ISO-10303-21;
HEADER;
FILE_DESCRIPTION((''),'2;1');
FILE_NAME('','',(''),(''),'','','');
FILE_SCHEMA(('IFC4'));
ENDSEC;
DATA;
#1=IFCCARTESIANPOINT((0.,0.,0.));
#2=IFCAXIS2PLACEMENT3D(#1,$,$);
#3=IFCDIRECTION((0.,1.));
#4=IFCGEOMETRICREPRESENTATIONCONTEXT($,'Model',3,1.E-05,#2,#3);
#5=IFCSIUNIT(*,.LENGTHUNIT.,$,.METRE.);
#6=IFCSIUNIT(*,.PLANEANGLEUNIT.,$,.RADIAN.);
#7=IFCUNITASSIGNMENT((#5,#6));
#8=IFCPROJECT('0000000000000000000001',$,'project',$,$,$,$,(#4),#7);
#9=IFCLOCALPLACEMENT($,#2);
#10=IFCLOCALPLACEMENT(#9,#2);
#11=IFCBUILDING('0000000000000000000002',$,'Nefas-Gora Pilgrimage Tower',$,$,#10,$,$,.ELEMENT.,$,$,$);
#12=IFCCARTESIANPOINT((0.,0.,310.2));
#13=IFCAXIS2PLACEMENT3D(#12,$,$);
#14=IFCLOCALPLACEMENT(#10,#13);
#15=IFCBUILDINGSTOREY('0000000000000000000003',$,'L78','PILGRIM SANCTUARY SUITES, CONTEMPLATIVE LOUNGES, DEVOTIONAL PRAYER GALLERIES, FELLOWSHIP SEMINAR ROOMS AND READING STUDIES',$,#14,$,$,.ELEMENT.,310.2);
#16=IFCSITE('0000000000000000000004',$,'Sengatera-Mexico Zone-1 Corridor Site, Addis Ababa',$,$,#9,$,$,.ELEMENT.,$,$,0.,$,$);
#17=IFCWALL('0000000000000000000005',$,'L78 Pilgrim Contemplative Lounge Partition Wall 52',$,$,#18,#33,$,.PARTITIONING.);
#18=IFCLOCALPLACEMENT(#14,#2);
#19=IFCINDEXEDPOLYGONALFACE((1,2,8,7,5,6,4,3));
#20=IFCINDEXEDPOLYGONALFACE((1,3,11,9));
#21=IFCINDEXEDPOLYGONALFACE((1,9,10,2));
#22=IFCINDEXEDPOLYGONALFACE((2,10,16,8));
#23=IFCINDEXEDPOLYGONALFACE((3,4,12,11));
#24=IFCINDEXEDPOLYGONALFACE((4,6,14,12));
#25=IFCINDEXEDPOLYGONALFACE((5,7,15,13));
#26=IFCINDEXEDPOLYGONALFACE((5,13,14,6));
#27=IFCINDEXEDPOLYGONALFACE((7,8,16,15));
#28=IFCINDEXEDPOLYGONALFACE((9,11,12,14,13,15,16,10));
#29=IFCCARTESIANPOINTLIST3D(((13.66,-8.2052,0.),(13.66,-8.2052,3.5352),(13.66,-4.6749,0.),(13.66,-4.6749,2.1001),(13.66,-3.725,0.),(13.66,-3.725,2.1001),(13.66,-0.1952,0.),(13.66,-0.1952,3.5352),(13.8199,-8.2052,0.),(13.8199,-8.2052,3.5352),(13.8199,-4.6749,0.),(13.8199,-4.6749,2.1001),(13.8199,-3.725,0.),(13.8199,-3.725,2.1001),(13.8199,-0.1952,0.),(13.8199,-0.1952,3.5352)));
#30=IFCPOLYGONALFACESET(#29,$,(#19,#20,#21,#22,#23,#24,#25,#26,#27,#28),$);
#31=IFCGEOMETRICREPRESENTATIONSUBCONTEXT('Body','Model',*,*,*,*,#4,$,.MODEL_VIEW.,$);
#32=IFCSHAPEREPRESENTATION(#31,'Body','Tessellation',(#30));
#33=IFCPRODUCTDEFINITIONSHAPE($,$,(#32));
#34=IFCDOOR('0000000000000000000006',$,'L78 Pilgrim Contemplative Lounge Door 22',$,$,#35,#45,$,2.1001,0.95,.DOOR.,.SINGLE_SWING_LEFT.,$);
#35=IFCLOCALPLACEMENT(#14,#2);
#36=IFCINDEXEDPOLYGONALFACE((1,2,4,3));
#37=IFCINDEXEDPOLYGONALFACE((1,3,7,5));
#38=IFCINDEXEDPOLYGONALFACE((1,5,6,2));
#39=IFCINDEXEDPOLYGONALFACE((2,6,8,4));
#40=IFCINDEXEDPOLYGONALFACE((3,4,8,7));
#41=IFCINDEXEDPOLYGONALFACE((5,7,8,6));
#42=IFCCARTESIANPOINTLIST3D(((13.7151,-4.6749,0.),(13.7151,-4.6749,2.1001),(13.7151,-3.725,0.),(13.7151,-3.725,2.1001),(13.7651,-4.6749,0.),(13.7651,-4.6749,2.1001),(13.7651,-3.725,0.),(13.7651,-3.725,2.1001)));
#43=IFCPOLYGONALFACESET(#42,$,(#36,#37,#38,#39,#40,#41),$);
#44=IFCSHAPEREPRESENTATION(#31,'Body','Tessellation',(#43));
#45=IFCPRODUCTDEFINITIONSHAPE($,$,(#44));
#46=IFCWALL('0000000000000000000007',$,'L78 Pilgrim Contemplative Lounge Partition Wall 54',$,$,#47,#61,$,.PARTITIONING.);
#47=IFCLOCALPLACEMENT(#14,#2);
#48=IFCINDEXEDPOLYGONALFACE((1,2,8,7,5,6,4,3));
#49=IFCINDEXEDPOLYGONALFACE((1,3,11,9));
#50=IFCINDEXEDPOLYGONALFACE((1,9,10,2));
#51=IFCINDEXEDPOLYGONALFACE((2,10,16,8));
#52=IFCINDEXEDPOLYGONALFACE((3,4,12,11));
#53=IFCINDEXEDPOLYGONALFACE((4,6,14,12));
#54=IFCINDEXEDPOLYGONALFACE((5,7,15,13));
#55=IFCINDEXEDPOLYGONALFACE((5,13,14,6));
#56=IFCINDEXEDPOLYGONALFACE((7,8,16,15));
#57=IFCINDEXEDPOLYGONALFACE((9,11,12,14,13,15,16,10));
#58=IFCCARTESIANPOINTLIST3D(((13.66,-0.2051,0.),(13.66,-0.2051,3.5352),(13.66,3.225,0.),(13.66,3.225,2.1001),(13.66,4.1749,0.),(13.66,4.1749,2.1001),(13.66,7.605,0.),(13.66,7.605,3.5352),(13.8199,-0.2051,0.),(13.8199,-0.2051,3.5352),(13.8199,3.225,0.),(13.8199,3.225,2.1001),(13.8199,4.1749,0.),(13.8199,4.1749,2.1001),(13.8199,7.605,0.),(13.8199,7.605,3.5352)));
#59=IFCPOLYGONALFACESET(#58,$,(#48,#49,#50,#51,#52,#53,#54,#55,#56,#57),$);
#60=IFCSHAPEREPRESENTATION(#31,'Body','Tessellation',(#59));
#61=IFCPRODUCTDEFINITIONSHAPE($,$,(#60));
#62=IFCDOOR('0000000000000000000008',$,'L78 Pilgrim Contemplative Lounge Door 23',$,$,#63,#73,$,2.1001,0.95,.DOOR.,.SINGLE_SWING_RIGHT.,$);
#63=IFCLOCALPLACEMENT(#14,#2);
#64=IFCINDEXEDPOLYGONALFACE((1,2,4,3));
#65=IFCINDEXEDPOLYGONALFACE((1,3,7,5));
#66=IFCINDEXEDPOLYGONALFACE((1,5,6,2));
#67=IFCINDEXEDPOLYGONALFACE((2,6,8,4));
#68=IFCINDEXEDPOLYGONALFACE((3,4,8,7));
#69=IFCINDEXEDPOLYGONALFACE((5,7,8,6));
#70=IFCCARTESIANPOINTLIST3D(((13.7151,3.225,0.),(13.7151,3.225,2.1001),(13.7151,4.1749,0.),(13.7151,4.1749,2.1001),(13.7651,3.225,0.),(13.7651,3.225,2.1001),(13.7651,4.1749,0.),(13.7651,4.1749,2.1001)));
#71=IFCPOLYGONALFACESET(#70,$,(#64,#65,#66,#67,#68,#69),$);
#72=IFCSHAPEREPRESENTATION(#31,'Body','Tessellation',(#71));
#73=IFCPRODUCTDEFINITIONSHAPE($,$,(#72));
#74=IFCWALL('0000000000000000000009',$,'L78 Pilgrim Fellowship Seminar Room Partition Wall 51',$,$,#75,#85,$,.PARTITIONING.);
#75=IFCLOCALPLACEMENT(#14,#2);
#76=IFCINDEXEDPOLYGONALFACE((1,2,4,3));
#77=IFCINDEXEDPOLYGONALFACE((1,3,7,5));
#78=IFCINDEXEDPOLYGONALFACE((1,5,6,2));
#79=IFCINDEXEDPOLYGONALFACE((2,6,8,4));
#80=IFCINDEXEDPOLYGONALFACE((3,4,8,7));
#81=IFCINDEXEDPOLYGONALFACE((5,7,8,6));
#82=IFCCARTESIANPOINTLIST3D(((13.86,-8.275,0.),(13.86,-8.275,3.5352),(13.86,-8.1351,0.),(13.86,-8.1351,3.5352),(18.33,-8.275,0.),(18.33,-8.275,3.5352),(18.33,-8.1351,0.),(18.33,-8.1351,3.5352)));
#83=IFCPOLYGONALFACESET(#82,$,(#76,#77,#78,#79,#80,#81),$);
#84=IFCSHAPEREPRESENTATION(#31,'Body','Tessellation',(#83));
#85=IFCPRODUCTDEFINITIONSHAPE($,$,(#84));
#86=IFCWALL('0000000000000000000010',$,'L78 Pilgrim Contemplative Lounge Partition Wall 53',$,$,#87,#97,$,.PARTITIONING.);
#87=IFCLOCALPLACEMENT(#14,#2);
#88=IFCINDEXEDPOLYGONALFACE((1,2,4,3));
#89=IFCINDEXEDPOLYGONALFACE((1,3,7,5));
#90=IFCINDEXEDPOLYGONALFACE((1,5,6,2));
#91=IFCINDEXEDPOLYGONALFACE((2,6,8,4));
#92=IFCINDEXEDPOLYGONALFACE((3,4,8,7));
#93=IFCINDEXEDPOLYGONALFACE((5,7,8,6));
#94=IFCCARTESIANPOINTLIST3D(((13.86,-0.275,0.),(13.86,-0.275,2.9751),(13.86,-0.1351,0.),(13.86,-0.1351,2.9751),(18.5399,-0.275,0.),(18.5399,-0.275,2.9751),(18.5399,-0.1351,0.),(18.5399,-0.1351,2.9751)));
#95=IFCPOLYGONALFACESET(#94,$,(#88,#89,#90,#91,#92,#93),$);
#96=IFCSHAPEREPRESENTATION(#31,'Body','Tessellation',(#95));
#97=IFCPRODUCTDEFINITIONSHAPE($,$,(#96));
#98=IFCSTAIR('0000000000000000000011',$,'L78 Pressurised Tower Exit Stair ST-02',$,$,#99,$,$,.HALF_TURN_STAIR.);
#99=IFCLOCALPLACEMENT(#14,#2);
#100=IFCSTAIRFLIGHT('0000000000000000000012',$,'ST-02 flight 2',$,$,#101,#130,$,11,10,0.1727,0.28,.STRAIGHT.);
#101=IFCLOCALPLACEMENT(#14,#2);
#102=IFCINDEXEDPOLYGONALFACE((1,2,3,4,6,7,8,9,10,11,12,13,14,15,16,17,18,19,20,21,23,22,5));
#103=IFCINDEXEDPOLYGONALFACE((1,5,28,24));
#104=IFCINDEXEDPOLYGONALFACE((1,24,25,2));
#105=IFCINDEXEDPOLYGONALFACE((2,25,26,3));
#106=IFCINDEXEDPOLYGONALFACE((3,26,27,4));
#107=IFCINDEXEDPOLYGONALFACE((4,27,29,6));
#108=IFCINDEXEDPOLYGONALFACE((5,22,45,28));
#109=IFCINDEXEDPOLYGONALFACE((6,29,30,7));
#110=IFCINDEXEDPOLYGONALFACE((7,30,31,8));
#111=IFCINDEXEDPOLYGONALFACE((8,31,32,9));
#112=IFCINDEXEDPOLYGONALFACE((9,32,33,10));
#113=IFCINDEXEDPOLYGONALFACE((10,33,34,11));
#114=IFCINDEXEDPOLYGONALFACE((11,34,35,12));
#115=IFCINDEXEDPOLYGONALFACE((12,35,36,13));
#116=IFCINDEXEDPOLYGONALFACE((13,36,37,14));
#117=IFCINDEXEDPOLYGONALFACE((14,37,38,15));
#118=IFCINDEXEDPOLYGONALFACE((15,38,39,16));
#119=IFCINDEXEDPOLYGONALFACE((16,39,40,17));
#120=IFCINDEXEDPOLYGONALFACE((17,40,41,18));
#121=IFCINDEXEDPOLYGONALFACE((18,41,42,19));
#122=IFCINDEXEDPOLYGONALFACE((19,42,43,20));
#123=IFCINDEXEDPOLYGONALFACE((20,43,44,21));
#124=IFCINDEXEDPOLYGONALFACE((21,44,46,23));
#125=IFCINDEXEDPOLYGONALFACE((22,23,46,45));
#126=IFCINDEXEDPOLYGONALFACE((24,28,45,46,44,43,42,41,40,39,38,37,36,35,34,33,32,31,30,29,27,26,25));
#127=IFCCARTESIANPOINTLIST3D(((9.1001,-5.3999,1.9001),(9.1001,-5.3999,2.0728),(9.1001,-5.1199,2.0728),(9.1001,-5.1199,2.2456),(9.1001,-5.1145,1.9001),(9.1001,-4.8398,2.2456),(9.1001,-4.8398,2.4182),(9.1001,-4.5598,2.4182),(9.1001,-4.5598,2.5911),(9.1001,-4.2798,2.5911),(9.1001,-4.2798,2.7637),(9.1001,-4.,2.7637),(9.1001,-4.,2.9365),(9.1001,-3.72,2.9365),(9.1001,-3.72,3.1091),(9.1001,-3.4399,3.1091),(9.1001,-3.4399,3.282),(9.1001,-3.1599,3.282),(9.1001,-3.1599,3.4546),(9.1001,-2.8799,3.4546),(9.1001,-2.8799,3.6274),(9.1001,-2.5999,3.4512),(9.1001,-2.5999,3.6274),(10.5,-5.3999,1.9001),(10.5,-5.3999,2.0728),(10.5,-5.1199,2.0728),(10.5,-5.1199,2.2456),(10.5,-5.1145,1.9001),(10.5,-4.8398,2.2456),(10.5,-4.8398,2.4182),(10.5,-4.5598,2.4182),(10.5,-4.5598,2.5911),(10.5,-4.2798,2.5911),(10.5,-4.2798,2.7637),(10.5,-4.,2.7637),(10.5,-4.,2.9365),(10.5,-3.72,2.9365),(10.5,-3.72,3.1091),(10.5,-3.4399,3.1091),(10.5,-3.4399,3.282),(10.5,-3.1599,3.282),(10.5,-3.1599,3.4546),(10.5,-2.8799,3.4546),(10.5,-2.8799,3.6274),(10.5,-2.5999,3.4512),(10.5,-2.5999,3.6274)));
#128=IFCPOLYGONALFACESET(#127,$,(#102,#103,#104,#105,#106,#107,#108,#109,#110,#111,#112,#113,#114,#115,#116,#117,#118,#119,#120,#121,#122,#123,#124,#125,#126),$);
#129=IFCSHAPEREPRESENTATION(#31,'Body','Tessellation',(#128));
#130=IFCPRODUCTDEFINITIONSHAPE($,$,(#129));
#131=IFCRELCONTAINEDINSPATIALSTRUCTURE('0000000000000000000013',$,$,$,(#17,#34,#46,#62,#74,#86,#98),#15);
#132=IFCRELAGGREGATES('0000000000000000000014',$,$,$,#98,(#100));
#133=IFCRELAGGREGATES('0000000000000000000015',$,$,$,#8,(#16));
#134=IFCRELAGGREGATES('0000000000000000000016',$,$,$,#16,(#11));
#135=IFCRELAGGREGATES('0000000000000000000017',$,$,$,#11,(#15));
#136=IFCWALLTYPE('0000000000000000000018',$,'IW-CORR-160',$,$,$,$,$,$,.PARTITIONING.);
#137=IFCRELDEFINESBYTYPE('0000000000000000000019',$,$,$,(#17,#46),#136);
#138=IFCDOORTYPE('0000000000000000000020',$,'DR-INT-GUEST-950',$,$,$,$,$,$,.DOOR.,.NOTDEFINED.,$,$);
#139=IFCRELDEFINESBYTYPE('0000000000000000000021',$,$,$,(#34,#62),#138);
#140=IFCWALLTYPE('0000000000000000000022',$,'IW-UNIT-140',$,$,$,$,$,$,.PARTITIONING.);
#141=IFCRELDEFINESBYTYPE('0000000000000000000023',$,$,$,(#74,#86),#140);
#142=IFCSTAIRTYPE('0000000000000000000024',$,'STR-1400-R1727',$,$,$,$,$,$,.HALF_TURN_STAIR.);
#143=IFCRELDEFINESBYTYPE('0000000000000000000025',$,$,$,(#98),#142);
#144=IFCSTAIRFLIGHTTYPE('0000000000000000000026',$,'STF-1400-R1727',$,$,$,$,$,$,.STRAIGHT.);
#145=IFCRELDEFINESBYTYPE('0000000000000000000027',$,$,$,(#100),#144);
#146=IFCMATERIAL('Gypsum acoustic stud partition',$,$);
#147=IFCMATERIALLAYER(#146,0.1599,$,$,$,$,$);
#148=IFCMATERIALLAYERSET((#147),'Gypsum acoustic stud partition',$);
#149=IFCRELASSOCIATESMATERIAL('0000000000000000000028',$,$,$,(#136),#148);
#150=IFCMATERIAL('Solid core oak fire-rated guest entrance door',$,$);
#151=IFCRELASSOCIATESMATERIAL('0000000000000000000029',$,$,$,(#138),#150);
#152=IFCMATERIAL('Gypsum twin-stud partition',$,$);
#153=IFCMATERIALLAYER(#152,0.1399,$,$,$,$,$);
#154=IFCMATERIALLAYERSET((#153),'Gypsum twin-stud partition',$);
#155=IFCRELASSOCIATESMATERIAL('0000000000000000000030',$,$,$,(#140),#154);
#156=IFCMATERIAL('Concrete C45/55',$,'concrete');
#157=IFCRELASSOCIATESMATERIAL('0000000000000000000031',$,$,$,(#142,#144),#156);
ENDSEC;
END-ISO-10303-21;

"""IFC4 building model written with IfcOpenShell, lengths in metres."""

from ifc_helpers import new_model, si_unit, direction, frame, frame_2d, origin, place, context, subcontext, project, spatial, polyline, rectangle, outline, extrude, source, transform, mapped, material, layer, layer_set, type_object, element, fill, aggregate, save


model = new_model("IFC4")

# Units and contexts
model_context = context("Model", 3, precision=1e-05, world=origin(), true_north=direction((0.0, 1.0)))
body_context = subcontext(model_context, "Body", "Model", "MODEL_VIEW")
ifc_project = project(units=[si_unit("LENGTHUNIT", "METRE"), si_unit("PLANEANGLEUNIT", "RADIAN")], contexts=[model_context])

# Site, building, storey
site_placement = place(None, origin())
site = spatial("IfcSite", under=ifc_project, at=site_placement, Name="Sengatera-Mexico Zone-1 Corridor Site, Addis Ababa", CompositionType="ELEMENT", RefElevation=0.0)
building_placement = place(site_placement, origin())
building = spatial("IfcBuilding", under=site, at=building_placement, Name="Nefas-Gora Pilgrimage Tower", CompositionType="ELEMENT")
storey_placement = place(building_placement, frame((0.0, 0.0, 310.2)))
storey = spatial("IfcBuildingStorey", under=building, at=storey_placement, Name="L78", Description="PILGRIM SANCTUARY SUITES, CONTEMPLATIVE LOUNGES, DEVOTIONAL PRAYER GALLERIES, FELLOWSHIP SEMINAR ROOMS AND READING STUDIES", CompositionType="ELEMENT", Elevation=310.2)

# Shared definitions
ifc_material_1 = material(Name="Concrete C45/55", Category="concrete")

# Walls, openings, doors
ifc_material_2 = material(Name="Gypsum acoustic stud partition")
ifc_layer_1 = layer(ifc_material_2, 0.1599)
ifc_layer_set_1 = layer_set([ifc_layer_1], Name="Gypsum acoustic stud partition")
wall_type_1 = type_object("IfcWallType", Name="IW-CORR-160", PredefinedType="PARTITIONING", material=ifc_layer_set_1)
shared_shape_1 = source(origin(), body_context, "Body", "SweptSolid", [
    extrude(rectangle(XDim=8.01, YDim=0.1599, at=frame_2d((4.0049, 0.0))), origin(), (0.0, 0.0, 1.0), 3.5352),
])
wall_1_placement = place(storey_placement, frame((13.74, -8.2051, 0.0), z_axis=(0.0, 0.0, 1.0), x_axis=(0.0, 1.0, 0.0)))
wall_1 = element("IfcWall", 1, at=wall_1_placement, inside=storey, type_object=wall_type_1, Name="L78 Pilgrim Contemplative Lounge Partition Wall 52", PredefinedType="PARTITIONING", context=body_context, shape_type="MappedRepresentation", body=[
    mapped(shared_shape_1, transform((0.0, 0.0, 0.0), x_axis=(1.0, 0.0, 0.0), y_axis=(0.0, 1.0, 0.0), z_axis=(0.0, 0.0, 1.0), scale=1.0)),
])
opening_1_placement = place(wall_1_placement, frame((3.53, 0.0, 0.0)))
opening_1 = element("IfcOpeningElement", 2, at=opening_1_placement, cuts=wall_1, PredefinedType="OPENING", context=body_context, shape_type="SweptSolid", body=[
    extrude(rectangle(XDim=0.95, YDim=2.1001, at=frame_2d((0.4751, 1.05))), frame((0.0, 0.0898, 0.0), z_axis=(0.0, -1.0, 0.0), x_axis=(1.0, 0.0, 0.0)), (0.0, 0.0, 1.0), 0.1799),
])
ifc_material_3 = material(Name="Solid core oak fire-rated guest entrance door")
door_type_1 = type_object("IfcDoorType", Name="DR-INT-GUEST-950", OperationType="NOTDEFINED", PredefinedType="DOOR", material=ifc_material_3)
shared_shape_2 = source(origin(), body_context, "Body", "SweptSolid", [
    extrude(rectangle(XDim=0.95, YDim=2.1001, at=frame_2d((0.4751, 1.05))), frame((0.0, 0.0249, 0.0), z_axis=(0.0, -1.0, 0.0), x_axis=(1.0, 0.0, 0.0)), (0.0, 0.0, 1.0), 0.05),
])
door_1_placement = place(opening_1_placement, origin())
door_1 = element("IfcDoor", 3, at=door_1_placement, inside=storey, type_object=door_type_1, Name="L78 Pilgrim Contemplative Lounge Door 22", OperationType="SINGLE_SWING_LEFT", OverallHeight=2.1001, OverallWidth=0.95, PredefinedType="DOOR", context=body_context, shape_type="MappedRepresentation", body=[
    mapped(shared_shape_2, transform((0.0, 0.0, 0.0), x_axis=(1.0, 0.0, 0.0), y_axis=(0.0, 1.0, 0.0), z_axis=(0.0, 0.0, 1.0), scale=1.0)),
])
fill(opening_1, door_1)
shared_shape_3 = source(origin(), body_context, "Body", "SweptSolid", [
    extrude(rectangle(XDim=7.8101, YDim=0.1599, at=frame_2d((3.905, 0.0))), origin(), (0.0, 0.0, 1.0), 3.5352),
])
wall_2_placement = place(storey_placement, frame((13.74, -0.2051, 0.0), z_axis=(0.0, 0.0, 1.0), x_axis=(0.0, 1.0, 0.0)))
wall_2 = element("IfcWall", 4, at=wall_2_placement, inside=storey, type_object=wall_type_1, Name="L78 Pilgrim Contemplative Lounge Partition Wall 54", PredefinedType="PARTITIONING", context=body_context, shape_type="MappedRepresentation", body=[
    mapped(shared_shape_3, transform((0.0, 0.0, 0.0), x_axis=(1.0, 0.0, 0.0), y_axis=(0.0, 1.0, 0.0), z_axis=(0.0, 0.0, 1.0), scale=1.0)),
])
opening_2_placement = place(wall_2_placement, frame((3.4299, 0.0, 0.0)))
opening_2 = element("IfcOpeningElement", 5, at=opening_2_placement, cuts=wall_2, PredefinedType="OPENING", context=body_context, shape_type="SweptSolid", body=[
    extrude(rectangle(XDim=0.95, YDim=2.1001, at=frame_2d((0.4751, 1.05))), frame((0.0, 0.0898, 0.0), z_axis=(0.0, -1.0, 0.0), x_axis=(1.0, 0.0, 0.0)), (0.0, 0.0, 1.0), 0.1799),
])
door_2_placement = place(opening_2_placement, origin())
door_2 = element("IfcDoor", 6, at=door_2_placement, inside=storey, type_object=door_type_1, Name="L78 Pilgrim Contemplative Lounge Door 23", OperationType="SINGLE_SWING_RIGHT", OverallHeight=2.1001, OverallWidth=0.95, PredefinedType="DOOR", context=body_context, shape_type="MappedRepresentation", body=[
    mapped(shared_shape_2, transform((0.0, 0.0, 0.0), x_axis=(1.0, 0.0, 0.0), y_axis=(0.0, 1.0, 0.0), z_axis=(0.0, 0.0, 1.0), scale=1.0)),
])
fill(opening_2, door_2)

# Walls
ifc_material_4 = material(Name="Gypsum twin-stud partition")
ifc_layer_2 = layer(ifc_material_4, 0.1399)
ifc_layer_set_2 = layer_set([ifc_layer_2], Name="Gypsum twin-stud partition")
wall_type_2 = type_object("IfcWallType", Name="IW-UNIT-140", PredefinedType="PARTITIONING", material=ifc_layer_set_2)
shared_shape_4 = source(origin(), body_context, "Body", "SweptSolid", [
    extrude(rectangle(XDim=4.47, YDim=0.1399, at=frame_2d((2.2349, 0.0))), origin(), (0.0, 0.0, 1.0), 3.5352),
])
wall_3_placement = place(storey_placement, frame((13.8601, -8.2051, 0.0), z_axis=(0.0, 0.0, 1.0), x_axis=(1.0, 0.0, 0.0)))
element("IfcWall", 7, at=wall_3_placement, inside=storey, type_object=wall_type_2, Name="L78 Pilgrim Fellowship Seminar Room Partition Wall 51", PredefinedType="PARTITIONING", context=body_context, shape_type="MappedRepresentation", body=[
    mapped(shared_shape_4, transform((0.0, 0.0, 0.0), x_axis=(1.0, 0.0, 0.0), y_axis=(0.0, 1.0, 0.0), z_axis=(0.0, 0.0, 1.0), scale=1.0)),
])
shared_shape_5 = source(origin(), body_context, "Body", "SweptSolid", [
    extrude(rectangle(XDim=4.6799, YDim=0.1399, at=frame_2d((2.3398, 0.0))), origin(), (0.0, 0.0, 1.0), 2.9751),
])
wall_4_placement = place(storey_placement, frame((13.8601, -0.2051, 0.0), z_axis=(0.0, 0.0, 1.0), x_axis=(1.0, 0.0, 0.0)))
element("IfcWall", 8, at=wall_4_placement, inside=storey, type_object=wall_type_2, Name="L78 Pilgrim Contemplative Lounge Partition Wall 53", PredefinedType="PARTITIONING", context=body_context, shape_type="MappedRepresentation", body=[
    mapped(shared_shape_5, transform((0.0, 0.0, 0.0), x_axis=(1.0, 0.0, 0.0), y_axis=(0.0, 1.0, 0.0), z_axis=(0.0, 0.0, 1.0), scale=1.0)),
])

# Stair, stair flight
stair_type = type_object("IfcStairType", Name="STR-1400-R1727", PredefinedType="HALF_TURN_STAIR", material=ifc_material_1)
stair_placement = place(storey_placement, origin())
stair = element("IfcStair", 9, at=stair_placement, inside=storey, type_object=stair_type, Name="L78 Pressurised Tower Exit Stair ST-02", PredefinedType="HALF_TURN_STAIR")
stair_flight_type = type_object("IfcStairFlightType", Name="STF-1400-R1727", PredefinedType="STRAIGHT", material=ifc_material_1)
shared_shape_6 = source(origin(), body_context, "Body", "SweptSolid", [
    extrude(outline(polyline([(0.0, 0.0), (0.0, 0.1726), (0.28, 0.1726), (0.28, 0.3455), (0.5601, 0.3455), (0.5601, 0.5181), (0.8401, 0.5181), (0.8401, 0.6909), (1.1201, 0.6909), (1.1201, 0.8635), (1.3999, 0.8635), (1.3999, 1.0364), (1.6799, 1.0364), (1.6799, 1.209), (1.96, 1.209), (1.96, 1.3818), (2.24, 1.3818), (2.24, 1.5544), (2.52, 1.5544), (2.52, 1.7273), (2.8, 1.7273), (2.8, 1.8999), (2.8, 1.551), (0.2854, 0.0), (0.0, 0.0)])), frame((0.0, 0.7, 0.0), z_axis=(0.0, -1.0, 0.0), x_axis=(1.0, 0.0, 0.0)), (0.0, 0.0, 1.0), 1.3999),
])
stair_flight_placement = place(storey_placement, frame((9.8, -5.3999, 1.9001), z_axis=(0.0, 0.0, 1.0), x_axis=(0.0, 1.0, 0.0)))
stair_flight = element("IfcStairFlight", 10, at=stair_flight_placement, type_object=stair_flight_type, Name="ST-02 flight 2", NumberOfRisers=11, NumberOfTreads=10, PredefinedType="STRAIGHT", RiserHeight=0.1727, TreadLength=0.28, context=body_context, shape_type="MappedRepresentation", body=[
    mapped(shared_shape_6, transform((0.0, 0.0, 0.0), x_axis=(1.0, 0.0, 0.0), y_axis=(0.0, 1.0, 0.0), z_axis=(0.0, 0.0, 1.0), scale=1.0)),
])
aggregate(stair, [stair_flight])

save(model, "model.ifc")
